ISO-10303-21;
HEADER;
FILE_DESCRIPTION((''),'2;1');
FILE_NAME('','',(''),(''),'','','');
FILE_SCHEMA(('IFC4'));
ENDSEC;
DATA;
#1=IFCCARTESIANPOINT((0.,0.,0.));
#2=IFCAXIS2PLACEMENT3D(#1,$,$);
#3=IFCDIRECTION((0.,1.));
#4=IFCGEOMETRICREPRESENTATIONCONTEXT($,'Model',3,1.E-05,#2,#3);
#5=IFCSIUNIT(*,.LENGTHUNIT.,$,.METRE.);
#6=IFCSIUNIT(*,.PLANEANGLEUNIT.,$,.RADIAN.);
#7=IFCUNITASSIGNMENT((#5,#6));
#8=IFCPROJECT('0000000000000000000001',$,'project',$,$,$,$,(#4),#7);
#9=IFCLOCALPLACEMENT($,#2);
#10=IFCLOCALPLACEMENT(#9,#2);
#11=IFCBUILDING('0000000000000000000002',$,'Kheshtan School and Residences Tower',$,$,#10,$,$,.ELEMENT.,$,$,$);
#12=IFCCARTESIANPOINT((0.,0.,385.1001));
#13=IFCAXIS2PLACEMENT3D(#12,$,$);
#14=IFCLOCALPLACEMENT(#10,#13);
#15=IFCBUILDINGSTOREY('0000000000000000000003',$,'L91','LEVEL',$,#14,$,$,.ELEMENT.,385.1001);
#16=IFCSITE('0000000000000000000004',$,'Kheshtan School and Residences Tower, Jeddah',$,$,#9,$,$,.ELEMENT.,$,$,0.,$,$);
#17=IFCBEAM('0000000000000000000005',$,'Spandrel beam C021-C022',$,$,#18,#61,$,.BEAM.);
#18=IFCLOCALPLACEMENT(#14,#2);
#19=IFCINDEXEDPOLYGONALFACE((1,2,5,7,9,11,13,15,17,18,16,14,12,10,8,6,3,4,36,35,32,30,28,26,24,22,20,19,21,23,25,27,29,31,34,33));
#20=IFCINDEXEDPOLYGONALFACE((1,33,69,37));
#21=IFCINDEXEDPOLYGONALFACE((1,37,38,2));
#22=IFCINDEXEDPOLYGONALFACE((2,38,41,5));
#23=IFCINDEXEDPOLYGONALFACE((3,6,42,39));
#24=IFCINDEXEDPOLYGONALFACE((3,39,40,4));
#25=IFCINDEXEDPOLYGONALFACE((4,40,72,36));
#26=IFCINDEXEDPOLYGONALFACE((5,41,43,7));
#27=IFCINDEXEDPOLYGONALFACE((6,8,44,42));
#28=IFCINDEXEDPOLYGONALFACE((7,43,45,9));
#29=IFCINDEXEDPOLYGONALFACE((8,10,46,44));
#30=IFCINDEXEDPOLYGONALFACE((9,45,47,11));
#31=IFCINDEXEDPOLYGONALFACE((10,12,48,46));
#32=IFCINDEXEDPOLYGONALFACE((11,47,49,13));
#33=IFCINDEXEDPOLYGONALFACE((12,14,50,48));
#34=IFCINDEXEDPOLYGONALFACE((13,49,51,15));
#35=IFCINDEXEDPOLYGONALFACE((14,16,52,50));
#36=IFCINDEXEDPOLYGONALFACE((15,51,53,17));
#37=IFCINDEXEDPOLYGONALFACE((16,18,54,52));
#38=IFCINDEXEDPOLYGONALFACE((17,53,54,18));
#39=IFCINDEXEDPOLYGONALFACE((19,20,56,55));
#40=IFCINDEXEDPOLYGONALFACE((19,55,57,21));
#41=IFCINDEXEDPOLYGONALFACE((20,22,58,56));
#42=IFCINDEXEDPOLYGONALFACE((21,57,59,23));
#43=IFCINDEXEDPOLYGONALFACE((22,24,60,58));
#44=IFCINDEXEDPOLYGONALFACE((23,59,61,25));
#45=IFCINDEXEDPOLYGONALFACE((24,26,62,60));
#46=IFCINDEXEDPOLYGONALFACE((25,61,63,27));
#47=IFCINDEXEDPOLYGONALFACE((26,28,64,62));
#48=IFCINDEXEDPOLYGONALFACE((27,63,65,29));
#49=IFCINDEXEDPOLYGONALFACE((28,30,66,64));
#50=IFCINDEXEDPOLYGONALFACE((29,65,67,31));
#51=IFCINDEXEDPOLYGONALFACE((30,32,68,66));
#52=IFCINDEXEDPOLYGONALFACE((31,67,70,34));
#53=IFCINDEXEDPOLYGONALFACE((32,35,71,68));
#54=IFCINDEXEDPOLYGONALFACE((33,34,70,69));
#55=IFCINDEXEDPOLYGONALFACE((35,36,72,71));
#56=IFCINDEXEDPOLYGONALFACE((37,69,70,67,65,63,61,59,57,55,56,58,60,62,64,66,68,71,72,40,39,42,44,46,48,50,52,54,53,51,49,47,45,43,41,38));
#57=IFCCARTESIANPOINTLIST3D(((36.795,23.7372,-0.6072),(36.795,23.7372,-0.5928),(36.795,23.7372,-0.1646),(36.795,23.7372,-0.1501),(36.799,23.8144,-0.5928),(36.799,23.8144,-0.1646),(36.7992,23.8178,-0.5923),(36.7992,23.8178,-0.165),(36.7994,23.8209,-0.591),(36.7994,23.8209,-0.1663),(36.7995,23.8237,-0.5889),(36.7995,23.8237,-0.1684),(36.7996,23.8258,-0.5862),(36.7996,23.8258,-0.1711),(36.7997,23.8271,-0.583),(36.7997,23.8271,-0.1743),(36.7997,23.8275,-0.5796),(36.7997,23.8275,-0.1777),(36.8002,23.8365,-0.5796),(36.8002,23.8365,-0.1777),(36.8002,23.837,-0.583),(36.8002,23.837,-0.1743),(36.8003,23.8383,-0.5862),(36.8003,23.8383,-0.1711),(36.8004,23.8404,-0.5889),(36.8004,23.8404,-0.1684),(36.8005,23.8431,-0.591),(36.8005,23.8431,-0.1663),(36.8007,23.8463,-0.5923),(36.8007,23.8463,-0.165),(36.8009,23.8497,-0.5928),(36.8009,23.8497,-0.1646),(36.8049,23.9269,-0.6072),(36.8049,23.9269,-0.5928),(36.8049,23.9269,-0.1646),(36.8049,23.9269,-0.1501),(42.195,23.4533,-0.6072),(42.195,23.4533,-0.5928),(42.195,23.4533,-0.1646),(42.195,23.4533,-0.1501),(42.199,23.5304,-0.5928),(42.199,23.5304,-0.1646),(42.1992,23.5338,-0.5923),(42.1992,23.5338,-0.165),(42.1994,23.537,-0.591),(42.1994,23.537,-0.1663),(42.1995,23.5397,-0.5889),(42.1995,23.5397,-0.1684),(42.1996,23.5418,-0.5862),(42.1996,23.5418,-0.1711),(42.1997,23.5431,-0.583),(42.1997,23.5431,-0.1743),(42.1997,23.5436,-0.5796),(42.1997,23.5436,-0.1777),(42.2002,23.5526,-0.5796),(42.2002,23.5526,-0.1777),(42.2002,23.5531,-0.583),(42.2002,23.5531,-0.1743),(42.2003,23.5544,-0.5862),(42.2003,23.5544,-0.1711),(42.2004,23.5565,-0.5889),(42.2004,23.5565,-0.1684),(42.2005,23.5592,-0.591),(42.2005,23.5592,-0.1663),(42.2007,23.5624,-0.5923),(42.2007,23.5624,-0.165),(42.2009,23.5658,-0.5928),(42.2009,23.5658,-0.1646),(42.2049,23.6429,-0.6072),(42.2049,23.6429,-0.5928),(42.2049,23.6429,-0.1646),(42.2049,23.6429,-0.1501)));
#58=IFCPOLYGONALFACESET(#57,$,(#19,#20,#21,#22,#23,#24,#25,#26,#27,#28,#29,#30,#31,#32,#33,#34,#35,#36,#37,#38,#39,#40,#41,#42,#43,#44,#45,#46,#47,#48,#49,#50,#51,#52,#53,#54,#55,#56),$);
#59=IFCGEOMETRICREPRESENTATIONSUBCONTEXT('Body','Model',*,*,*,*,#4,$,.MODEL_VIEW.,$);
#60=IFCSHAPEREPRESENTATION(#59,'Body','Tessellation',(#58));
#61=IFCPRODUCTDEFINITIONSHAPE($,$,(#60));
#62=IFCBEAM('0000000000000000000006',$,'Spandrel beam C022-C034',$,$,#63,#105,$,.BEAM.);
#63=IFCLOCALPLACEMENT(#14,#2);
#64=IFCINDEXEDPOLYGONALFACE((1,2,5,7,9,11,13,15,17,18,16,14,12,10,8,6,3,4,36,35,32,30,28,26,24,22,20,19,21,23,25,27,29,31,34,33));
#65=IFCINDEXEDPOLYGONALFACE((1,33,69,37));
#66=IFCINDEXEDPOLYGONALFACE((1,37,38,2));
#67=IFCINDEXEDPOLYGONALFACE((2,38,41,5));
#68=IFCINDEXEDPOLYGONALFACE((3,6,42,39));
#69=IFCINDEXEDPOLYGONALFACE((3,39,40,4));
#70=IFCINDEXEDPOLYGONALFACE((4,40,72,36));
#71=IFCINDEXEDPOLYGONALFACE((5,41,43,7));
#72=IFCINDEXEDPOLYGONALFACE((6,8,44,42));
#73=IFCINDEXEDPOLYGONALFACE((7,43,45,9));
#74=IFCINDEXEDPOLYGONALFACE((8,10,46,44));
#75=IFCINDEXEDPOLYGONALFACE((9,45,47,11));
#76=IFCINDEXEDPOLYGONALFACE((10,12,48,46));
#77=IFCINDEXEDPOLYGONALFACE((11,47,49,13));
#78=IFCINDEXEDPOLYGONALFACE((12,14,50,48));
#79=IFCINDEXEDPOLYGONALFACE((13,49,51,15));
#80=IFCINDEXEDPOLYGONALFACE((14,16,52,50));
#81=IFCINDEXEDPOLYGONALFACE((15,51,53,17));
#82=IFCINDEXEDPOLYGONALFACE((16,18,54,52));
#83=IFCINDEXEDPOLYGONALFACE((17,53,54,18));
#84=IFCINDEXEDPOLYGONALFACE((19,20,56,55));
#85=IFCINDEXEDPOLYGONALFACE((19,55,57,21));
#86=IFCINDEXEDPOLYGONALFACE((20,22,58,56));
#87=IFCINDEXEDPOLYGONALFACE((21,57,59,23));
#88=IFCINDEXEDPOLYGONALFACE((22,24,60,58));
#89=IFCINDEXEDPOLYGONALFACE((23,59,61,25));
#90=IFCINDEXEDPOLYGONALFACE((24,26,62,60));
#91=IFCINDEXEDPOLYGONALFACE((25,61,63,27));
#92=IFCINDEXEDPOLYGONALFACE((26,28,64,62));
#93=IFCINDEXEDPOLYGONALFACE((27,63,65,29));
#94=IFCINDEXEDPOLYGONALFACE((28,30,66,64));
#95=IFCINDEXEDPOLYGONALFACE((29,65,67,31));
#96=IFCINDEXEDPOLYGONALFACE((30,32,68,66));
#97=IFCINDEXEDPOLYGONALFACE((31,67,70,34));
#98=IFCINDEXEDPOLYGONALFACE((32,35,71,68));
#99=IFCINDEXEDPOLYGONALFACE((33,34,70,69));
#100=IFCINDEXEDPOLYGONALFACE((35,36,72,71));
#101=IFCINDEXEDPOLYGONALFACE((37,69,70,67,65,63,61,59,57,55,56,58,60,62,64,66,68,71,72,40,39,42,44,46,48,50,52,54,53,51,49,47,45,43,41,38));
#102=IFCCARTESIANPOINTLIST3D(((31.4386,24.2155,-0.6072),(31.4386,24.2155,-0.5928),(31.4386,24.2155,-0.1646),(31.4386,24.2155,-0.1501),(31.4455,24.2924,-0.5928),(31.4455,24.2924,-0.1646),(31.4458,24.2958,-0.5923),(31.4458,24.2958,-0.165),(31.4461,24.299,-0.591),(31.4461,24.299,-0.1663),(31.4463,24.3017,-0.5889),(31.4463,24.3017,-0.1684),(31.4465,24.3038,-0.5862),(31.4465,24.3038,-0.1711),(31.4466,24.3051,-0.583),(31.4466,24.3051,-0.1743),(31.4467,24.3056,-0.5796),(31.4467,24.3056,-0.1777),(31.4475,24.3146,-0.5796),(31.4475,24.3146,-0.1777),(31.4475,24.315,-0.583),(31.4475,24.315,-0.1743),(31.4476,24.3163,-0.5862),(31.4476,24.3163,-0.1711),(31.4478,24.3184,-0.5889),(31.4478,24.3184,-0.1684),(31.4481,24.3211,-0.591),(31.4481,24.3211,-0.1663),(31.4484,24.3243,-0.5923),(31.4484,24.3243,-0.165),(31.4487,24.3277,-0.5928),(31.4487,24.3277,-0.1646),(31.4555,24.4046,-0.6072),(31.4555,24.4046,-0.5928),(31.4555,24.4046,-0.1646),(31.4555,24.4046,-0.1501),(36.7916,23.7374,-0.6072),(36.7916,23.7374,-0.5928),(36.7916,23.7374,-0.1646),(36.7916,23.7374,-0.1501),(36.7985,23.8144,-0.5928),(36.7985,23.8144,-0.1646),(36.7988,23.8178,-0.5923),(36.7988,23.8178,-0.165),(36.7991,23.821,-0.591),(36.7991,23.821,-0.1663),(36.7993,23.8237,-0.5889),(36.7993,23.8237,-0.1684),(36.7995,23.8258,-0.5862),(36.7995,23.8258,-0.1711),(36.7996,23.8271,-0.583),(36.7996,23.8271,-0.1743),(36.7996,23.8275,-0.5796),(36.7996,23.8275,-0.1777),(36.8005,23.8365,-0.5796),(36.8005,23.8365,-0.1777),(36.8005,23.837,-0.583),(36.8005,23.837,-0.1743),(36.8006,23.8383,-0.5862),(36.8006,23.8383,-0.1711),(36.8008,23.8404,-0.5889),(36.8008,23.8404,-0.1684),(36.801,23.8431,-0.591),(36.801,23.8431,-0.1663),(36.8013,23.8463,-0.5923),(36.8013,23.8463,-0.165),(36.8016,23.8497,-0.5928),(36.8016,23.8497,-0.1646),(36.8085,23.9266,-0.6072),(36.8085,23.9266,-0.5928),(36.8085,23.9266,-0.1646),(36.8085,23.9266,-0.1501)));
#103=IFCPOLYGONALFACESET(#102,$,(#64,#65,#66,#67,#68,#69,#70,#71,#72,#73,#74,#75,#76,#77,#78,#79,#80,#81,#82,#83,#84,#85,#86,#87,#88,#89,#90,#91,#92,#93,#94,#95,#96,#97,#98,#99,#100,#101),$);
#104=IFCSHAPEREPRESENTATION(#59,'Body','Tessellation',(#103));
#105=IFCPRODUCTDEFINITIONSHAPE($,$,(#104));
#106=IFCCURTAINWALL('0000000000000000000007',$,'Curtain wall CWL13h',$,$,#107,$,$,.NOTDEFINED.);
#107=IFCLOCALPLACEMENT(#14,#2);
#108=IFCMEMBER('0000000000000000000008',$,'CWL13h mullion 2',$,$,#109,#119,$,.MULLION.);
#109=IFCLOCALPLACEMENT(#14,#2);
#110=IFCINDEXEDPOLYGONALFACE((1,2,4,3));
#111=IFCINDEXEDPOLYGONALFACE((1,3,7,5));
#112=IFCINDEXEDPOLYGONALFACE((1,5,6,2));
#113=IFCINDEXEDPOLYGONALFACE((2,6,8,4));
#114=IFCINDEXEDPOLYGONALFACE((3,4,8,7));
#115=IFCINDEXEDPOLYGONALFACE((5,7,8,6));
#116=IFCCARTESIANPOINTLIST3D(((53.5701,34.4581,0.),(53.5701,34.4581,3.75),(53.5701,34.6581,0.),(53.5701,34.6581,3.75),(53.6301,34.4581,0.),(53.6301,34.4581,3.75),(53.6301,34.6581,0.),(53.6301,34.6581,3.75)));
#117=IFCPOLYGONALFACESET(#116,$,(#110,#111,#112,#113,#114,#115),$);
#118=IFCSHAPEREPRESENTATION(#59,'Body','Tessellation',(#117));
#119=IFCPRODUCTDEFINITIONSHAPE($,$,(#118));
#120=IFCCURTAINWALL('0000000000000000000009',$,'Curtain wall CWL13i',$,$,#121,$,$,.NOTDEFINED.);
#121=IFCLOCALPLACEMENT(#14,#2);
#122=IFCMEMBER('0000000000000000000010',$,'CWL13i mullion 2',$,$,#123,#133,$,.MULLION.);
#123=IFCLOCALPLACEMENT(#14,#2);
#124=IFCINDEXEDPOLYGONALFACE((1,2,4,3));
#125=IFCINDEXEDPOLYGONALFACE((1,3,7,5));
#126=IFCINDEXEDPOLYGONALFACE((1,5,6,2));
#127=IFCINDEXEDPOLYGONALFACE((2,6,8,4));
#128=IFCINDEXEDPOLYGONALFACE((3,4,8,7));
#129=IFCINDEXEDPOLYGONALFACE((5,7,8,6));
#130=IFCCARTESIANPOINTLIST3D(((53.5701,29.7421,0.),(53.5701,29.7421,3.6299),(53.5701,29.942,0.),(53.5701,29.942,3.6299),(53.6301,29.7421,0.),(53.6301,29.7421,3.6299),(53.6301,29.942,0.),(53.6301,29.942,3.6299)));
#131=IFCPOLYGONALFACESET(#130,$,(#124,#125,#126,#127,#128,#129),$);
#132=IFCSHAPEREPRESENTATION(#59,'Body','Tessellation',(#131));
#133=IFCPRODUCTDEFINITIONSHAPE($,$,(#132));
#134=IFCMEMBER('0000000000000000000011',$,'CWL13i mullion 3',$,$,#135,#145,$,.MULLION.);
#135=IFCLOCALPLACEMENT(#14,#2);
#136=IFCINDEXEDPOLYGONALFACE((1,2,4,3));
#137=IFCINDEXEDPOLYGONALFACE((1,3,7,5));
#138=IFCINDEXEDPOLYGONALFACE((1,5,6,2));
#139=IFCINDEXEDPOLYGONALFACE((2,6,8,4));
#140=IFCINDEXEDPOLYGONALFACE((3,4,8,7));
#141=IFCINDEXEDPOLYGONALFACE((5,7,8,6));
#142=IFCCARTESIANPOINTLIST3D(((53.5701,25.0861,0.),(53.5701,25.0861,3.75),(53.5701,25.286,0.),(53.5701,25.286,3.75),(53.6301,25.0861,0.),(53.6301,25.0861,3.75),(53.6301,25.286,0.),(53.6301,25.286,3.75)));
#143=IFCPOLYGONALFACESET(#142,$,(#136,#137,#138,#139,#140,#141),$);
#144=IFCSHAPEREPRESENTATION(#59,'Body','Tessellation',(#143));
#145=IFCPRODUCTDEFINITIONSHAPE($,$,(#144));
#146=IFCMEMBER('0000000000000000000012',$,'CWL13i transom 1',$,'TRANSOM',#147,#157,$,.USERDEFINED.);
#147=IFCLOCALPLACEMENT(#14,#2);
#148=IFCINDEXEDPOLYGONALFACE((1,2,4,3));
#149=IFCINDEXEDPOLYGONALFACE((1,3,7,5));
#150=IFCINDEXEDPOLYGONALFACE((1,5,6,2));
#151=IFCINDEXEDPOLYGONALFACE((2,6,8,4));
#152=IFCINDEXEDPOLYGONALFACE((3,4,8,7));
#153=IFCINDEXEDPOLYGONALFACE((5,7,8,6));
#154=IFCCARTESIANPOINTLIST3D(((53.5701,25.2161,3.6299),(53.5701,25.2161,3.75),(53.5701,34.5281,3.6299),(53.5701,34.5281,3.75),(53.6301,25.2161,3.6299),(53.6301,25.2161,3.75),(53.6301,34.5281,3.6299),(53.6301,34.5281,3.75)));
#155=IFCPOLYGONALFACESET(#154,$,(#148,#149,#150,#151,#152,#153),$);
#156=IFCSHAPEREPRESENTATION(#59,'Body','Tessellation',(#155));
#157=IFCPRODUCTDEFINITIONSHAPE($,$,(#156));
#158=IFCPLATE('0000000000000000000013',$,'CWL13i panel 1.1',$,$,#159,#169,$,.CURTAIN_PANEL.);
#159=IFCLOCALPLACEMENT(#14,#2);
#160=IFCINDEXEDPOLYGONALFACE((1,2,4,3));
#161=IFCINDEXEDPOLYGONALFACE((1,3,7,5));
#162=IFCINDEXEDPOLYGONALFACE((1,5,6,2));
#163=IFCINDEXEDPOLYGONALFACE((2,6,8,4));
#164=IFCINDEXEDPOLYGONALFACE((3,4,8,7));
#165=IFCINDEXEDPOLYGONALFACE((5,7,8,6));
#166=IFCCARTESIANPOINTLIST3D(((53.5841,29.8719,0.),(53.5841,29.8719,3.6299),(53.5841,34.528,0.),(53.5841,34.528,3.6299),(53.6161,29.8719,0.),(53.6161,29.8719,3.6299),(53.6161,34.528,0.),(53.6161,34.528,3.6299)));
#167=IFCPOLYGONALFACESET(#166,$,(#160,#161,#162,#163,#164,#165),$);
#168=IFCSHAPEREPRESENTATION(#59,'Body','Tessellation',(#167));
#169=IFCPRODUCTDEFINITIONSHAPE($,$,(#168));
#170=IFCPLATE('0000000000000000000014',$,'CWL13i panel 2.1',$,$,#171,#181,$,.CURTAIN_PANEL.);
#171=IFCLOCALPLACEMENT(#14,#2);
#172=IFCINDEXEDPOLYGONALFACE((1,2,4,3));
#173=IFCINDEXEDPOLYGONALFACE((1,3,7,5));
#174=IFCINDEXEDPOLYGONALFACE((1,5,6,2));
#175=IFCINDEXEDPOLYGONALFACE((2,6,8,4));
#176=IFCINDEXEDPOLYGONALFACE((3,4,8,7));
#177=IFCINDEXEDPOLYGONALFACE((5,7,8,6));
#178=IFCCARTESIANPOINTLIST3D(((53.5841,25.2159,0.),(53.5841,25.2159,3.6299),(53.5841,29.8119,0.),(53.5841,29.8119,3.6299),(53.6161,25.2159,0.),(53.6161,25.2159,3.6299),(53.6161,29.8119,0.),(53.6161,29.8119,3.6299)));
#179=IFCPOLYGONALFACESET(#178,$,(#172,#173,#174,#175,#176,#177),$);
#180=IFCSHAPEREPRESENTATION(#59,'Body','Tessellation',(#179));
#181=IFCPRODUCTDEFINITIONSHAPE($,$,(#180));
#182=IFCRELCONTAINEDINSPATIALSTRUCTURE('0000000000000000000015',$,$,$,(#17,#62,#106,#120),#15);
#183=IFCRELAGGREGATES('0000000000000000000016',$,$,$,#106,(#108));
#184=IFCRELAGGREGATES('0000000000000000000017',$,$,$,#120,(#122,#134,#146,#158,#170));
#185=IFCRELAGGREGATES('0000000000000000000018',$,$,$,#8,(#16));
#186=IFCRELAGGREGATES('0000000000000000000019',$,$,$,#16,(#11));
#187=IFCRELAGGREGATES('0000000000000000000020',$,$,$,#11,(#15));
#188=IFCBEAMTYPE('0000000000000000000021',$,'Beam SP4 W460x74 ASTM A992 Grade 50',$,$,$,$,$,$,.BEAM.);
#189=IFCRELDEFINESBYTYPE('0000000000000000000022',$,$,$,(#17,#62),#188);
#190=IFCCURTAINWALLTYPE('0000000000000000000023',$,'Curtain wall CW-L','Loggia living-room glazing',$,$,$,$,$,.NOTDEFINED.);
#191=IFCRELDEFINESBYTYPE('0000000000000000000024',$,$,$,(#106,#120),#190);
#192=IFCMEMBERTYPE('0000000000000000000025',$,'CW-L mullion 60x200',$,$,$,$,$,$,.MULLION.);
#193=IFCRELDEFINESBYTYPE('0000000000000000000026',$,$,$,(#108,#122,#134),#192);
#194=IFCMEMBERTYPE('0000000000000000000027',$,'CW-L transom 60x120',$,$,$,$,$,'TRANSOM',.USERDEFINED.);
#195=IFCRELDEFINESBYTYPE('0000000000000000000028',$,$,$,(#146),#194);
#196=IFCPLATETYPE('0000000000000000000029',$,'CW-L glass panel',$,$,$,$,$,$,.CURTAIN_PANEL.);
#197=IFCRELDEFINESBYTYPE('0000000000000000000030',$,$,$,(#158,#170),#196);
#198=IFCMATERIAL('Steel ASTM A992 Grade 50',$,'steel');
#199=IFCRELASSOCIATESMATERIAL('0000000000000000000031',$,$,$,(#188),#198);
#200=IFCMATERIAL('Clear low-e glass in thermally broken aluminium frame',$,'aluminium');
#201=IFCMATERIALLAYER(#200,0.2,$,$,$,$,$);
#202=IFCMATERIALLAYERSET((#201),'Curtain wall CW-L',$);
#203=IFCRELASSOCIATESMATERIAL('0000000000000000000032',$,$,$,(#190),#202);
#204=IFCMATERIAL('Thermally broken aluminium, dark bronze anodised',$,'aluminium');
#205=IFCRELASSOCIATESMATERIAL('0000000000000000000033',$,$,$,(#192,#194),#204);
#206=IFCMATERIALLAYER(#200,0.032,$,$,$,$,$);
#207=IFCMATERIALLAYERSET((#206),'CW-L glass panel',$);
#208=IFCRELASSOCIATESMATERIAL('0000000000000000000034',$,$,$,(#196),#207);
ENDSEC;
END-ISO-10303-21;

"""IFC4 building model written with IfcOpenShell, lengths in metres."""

from ifc_helpers import new_model, si_unit, direction, frame, origin, origin_2d, place, context, subcontext, project, spatial, rectangle, i_section, extrude, material, layer, layer_set, material_profile, profile_set, type_object, element, aggregate, save


model = new_model("IFC4")

# Units and contexts
model_context = context("Model", 3, precision=1e-05, world=origin(), true_north=direction((0.0, 1.0)))
body_context = subcontext(model_context, "Body", "Model", "MODEL_VIEW")
ifc_project = project(units=[si_unit("LENGTHUNIT", "METRE"), si_unit("PLANEANGLEUNIT", "RADIAN")], contexts=[model_context])

# Site, building, storey
site_placement = place(None, origin())
site = spatial("IfcSite", under=ifc_project, at=site_placement, Name="Kheshtan School and Residences Tower, Jeddah", CompositionType="ELEMENT", RefElevation=0.0)
building_placement = place(site_placement, origin())
building = spatial("IfcBuilding", under=site, at=building_placement, Name="Kheshtan School and Residences Tower", CompositionType="ELEMENT")
storey_placement = place(building_placement, frame((0.0, 0.0, 385.1001)))
storey = spatial("IfcBuildingStorey", under=building, at=storey_placement, Name="L91", Description="LEVEL", CompositionType="ELEMENT", Elevation=385.1001)

# Shared definitions
ifc_material_1 = material(Name="Steel ASTM A992 Grade 50", Category="steel")

# Beams
ifc_material_profile_1 = material_profile(ifc_material_1, i_section(OverallWidth=0.1899, OverallDepth=0.457, WebThickness=0.009, FlangeThickness=0.0144, FilletRadius=0.0132, at=origin_2d()), Name="W460x74")
ifc_profile_set_1 = profile_set([ifc_material_profile_1], Name="Steel ASTM A992 Grade 50")
beam_type_1 = type_object("IfcBeamType", Name="Beam SP4 W460x74 ASTM A992 Grade 50", PredefinedType="BEAM", material=ifc_profile_set_1)
beam_1_placement = place(storey_placement, frame((42.2, 23.5481, -0.3787), z_axis=(-0.99862, 0.052509, 0.0), x_axis=(-0.052509, -0.99862, 0.0)))
element("IfcBeam", 1, at=beam_1_placement, inside=storey, type_object=beam_type_1, Name="Spandrel beam C021-C022", PredefinedType="BEAM", context=body_context, shape_type="SweptSolid", body=[
    extrude(i_section(OverallWidth=0.1899, OverallDepth=0.457, WebThickness=0.009, FlangeThickness=0.0144, FilletRadius=0.0132, at=origin_2d()), origin(), (0.0, 0.0, 1.0), 5.4075),
])
beam_2_placement = place(storey_placement, frame((36.8, 23.832, -0.3787), z_axis=(-0.996036, 0.088946, 0.0), x_axis=(-0.088946, -0.996036, 0.0)))
element("IfcBeam", 2, at=beam_2_placement, inside=storey, type_object=beam_type_1, Name="Spandrel beam C022-C034", PredefinedType="BEAM", context=body_context, shape_type="SweptSolid", body=[
    extrude(i_section(OverallWidth=0.1899, OverallDepth=0.457, WebThickness=0.009, FlangeThickness=0.0144, FilletRadius=0.0132, at=origin_2d()), origin(), (0.0, 0.0, 1.0), 5.3743),
])

# Curtain wall, member
ifc_material_2 = material(Name="Clear low-e glass in thermally broken aluminium frame", Category="aluminium")
ifc_layer_1 = layer(ifc_material_2, 0.2)
ifc_layer_set_1 = layer_set([ifc_layer_1], Name="Curtain wall CW-L")
curtain_wall_type = type_object("IfcCurtainWallType", Name="Curtain wall CW-L", Description="Loggia living-room glazing", PredefinedType="NOTDEFINED", material=ifc_layer_set_1)
curtain_wall_1_placement = place(storey_placement, origin())
curtain_wall_1 = element("IfcCurtainWall", 3, at=curtain_wall_1_placement, inside=storey, type_object=curtain_wall_type, Name="Curtain wall CWL13h", PredefinedType="NOTDEFINED")
ifc_material_3 = material(Name="Thermally broken aluminium, dark bronze anodised", Category="aluminium")
ifc_material_profile_2 = material_profile(ifc_material_3, rectangle(XDim=0.0601, YDim=0.2, at=origin_2d()), Name="CW-L mullion 60x200")
ifc_profile_set_2 = profile_set([ifc_material_profile_2], Name="Thermally broken aluminium, dark bronze anodised")
member_type_1 = type_object("IfcMemberType", Name="CW-L mullion 60x200", PredefinedType="MULLION", material=ifc_profile_set_2)
member_1_placement = place(storey_placement, frame((53.6001, 34.5581, 0.0), z_axis=(0.0, 0.0, 1.0), x_axis=(1.0, 0.0, 0.0)))
member_1 = element("IfcMember", 4, at=member_1_placement, type_object=member_type_1, Name="CWL13h mullion 2", PredefinedType="MULLION", context=body_context, shape_type="SweptSolid", body=[
    extrude(rectangle(XDim=0.0601, YDim=0.2, at=origin_2d()), origin(), (0.0, 0.0, 1.0), 3.75),
])
aggregate(curtain_wall_1, [member_1])

# Curtain wall, members, plates
curtain_wall_2_placement = place(storey_placement, origin())
curtain_wall_2 = element("IfcCurtainWall", 5, at=curtain_wall_2_placement, inside=storey, type_object=curtain_wall_type, Name="Curtain wall CWL13i", PredefinedType="NOTDEFINED")
member_2_placement = place(storey_placement, frame((53.6001, 29.842, 0.0), z_axis=(0.0, 0.0, 1.0), x_axis=(1.0, 0.0, 0.0)))
member_2 = element("IfcMember", 6, at=member_2_placement, type_object=member_type_1, Name="CWL13i mullion 2", PredefinedType="MULLION", context=body_context, shape_type="SweptSolid", body=[
    extrude(rectangle(XDim=0.0601, YDim=0.2, at=origin_2d()), origin(), (0.0, 0.0, 1.0), 3.6299),
])
member_3_placement = place(storey_placement, frame((53.6001, 25.186, 0.0), z_axis=(0.0, 0.0, 1.0), x_axis=(1.0, 0.0, 0.0)))
member_3 = element("IfcMember", 7, at=member_3_placement, type_object=member_type_1, Name="CWL13i mullion 3", PredefinedType="MULLION", context=body_context, shape_type="SweptSolid", body=[
    extrude(rectangle(XDim=0.0601, YDim=0.2, at=origin_2d()), origin(), (0.0, 0.0, 1.0), 3.75),
])
ifc_material_profile_3 = material_profile(ifc_material_3, rectangle(XDim=0.0601, YDim=0.1201, at=origin_2d()), Name="CW-L transom 60x120")
ifc_profile_set_3 = profile_set([ifc_material_profile_3], Name="Thermally broken aluminium, dark bronze anodised")
member_type_2 = type_object("IfcMemberType", Name="CW-L transom 60x120", ElementType="TRANSOM", PredefinedType="USERDEFINED", material=ifc_profile_set_3)
member_4_placement = place(storey_placement, frame((53.6001, 34.5281, 3.6899), z_axis=(0.0, -1.0, 0.0), x_axis=(1.0, 0.0, 0.0)))
member_4 = element("IfcMember", 8, at=member_4_placement, type_object=member_type_2, Name="CWL13i transom 1", ObjectType="TRANSOM", PredefinedType="USERDEFINED", context=body_context, shape_type="SweptSolid", body=[
    extrude(rectangle(XDim=0.0601, YDim=0.1201, at=origin_2d()), origin(), (0.0, 0.0, 1.0), 9.312),
])
ifc_layer_2 = layer(ifc_material_2, 0.032)
ifc_layer_set_2 = layer_set([ifc_layer_2], Name="CW-L glass panel")
plate_type = type_object("IfcPlateType", Name="CW-L glass panel", PredefinedType="CURTAIN_PANEL", material=ifc_layer_set_2)
plate_1_placement = place(storey_placement, frame((53.6001, 32.2, 0.0), z_axis=(0.0, 0.0, 1.0), x_axis=(0.0, -1.0, 0.0)))
plate_1 = element("IfcPlate", 9, at=plate_1_placement, type_object=plate_type, Name="CWL13i panel 1.1", PredefinedType="CURTAIN_PANEL", context=body_context, shape_type="SweptSolid", body=[
    extrude(rectangle(XDim=4.656, YDim=0.032, at=origin_2d()), origin(), (0.0, 0.0, 1.0), 3.6299),
])
plate_2_placement = place(storey_placement, frame((53.6001, 27.5139, 0.0), z_axis=(0.0, 0.0, 1.0), x_axis=(0.0, -1.0, 0.0)))
plate_2 = element("IfcPlate", 10, at=plate_2_placement, type_object=plate_type, Name="CWL13i panel 2.1", PredefinedType="CURTAIN_PANEL", context=body_context, shape_type="SweptSolid", body=[
    extrude(rectangle(XDim=4.5959, YDim=0.032, at=origin_2d()), origin(), (0.0, 0.0, 1.0), 3.6299),
])
aggregate(curtain_wall_2, [member_2, member_3, member_4, plate_1, plate_2])

save(model, "model.ifc")
